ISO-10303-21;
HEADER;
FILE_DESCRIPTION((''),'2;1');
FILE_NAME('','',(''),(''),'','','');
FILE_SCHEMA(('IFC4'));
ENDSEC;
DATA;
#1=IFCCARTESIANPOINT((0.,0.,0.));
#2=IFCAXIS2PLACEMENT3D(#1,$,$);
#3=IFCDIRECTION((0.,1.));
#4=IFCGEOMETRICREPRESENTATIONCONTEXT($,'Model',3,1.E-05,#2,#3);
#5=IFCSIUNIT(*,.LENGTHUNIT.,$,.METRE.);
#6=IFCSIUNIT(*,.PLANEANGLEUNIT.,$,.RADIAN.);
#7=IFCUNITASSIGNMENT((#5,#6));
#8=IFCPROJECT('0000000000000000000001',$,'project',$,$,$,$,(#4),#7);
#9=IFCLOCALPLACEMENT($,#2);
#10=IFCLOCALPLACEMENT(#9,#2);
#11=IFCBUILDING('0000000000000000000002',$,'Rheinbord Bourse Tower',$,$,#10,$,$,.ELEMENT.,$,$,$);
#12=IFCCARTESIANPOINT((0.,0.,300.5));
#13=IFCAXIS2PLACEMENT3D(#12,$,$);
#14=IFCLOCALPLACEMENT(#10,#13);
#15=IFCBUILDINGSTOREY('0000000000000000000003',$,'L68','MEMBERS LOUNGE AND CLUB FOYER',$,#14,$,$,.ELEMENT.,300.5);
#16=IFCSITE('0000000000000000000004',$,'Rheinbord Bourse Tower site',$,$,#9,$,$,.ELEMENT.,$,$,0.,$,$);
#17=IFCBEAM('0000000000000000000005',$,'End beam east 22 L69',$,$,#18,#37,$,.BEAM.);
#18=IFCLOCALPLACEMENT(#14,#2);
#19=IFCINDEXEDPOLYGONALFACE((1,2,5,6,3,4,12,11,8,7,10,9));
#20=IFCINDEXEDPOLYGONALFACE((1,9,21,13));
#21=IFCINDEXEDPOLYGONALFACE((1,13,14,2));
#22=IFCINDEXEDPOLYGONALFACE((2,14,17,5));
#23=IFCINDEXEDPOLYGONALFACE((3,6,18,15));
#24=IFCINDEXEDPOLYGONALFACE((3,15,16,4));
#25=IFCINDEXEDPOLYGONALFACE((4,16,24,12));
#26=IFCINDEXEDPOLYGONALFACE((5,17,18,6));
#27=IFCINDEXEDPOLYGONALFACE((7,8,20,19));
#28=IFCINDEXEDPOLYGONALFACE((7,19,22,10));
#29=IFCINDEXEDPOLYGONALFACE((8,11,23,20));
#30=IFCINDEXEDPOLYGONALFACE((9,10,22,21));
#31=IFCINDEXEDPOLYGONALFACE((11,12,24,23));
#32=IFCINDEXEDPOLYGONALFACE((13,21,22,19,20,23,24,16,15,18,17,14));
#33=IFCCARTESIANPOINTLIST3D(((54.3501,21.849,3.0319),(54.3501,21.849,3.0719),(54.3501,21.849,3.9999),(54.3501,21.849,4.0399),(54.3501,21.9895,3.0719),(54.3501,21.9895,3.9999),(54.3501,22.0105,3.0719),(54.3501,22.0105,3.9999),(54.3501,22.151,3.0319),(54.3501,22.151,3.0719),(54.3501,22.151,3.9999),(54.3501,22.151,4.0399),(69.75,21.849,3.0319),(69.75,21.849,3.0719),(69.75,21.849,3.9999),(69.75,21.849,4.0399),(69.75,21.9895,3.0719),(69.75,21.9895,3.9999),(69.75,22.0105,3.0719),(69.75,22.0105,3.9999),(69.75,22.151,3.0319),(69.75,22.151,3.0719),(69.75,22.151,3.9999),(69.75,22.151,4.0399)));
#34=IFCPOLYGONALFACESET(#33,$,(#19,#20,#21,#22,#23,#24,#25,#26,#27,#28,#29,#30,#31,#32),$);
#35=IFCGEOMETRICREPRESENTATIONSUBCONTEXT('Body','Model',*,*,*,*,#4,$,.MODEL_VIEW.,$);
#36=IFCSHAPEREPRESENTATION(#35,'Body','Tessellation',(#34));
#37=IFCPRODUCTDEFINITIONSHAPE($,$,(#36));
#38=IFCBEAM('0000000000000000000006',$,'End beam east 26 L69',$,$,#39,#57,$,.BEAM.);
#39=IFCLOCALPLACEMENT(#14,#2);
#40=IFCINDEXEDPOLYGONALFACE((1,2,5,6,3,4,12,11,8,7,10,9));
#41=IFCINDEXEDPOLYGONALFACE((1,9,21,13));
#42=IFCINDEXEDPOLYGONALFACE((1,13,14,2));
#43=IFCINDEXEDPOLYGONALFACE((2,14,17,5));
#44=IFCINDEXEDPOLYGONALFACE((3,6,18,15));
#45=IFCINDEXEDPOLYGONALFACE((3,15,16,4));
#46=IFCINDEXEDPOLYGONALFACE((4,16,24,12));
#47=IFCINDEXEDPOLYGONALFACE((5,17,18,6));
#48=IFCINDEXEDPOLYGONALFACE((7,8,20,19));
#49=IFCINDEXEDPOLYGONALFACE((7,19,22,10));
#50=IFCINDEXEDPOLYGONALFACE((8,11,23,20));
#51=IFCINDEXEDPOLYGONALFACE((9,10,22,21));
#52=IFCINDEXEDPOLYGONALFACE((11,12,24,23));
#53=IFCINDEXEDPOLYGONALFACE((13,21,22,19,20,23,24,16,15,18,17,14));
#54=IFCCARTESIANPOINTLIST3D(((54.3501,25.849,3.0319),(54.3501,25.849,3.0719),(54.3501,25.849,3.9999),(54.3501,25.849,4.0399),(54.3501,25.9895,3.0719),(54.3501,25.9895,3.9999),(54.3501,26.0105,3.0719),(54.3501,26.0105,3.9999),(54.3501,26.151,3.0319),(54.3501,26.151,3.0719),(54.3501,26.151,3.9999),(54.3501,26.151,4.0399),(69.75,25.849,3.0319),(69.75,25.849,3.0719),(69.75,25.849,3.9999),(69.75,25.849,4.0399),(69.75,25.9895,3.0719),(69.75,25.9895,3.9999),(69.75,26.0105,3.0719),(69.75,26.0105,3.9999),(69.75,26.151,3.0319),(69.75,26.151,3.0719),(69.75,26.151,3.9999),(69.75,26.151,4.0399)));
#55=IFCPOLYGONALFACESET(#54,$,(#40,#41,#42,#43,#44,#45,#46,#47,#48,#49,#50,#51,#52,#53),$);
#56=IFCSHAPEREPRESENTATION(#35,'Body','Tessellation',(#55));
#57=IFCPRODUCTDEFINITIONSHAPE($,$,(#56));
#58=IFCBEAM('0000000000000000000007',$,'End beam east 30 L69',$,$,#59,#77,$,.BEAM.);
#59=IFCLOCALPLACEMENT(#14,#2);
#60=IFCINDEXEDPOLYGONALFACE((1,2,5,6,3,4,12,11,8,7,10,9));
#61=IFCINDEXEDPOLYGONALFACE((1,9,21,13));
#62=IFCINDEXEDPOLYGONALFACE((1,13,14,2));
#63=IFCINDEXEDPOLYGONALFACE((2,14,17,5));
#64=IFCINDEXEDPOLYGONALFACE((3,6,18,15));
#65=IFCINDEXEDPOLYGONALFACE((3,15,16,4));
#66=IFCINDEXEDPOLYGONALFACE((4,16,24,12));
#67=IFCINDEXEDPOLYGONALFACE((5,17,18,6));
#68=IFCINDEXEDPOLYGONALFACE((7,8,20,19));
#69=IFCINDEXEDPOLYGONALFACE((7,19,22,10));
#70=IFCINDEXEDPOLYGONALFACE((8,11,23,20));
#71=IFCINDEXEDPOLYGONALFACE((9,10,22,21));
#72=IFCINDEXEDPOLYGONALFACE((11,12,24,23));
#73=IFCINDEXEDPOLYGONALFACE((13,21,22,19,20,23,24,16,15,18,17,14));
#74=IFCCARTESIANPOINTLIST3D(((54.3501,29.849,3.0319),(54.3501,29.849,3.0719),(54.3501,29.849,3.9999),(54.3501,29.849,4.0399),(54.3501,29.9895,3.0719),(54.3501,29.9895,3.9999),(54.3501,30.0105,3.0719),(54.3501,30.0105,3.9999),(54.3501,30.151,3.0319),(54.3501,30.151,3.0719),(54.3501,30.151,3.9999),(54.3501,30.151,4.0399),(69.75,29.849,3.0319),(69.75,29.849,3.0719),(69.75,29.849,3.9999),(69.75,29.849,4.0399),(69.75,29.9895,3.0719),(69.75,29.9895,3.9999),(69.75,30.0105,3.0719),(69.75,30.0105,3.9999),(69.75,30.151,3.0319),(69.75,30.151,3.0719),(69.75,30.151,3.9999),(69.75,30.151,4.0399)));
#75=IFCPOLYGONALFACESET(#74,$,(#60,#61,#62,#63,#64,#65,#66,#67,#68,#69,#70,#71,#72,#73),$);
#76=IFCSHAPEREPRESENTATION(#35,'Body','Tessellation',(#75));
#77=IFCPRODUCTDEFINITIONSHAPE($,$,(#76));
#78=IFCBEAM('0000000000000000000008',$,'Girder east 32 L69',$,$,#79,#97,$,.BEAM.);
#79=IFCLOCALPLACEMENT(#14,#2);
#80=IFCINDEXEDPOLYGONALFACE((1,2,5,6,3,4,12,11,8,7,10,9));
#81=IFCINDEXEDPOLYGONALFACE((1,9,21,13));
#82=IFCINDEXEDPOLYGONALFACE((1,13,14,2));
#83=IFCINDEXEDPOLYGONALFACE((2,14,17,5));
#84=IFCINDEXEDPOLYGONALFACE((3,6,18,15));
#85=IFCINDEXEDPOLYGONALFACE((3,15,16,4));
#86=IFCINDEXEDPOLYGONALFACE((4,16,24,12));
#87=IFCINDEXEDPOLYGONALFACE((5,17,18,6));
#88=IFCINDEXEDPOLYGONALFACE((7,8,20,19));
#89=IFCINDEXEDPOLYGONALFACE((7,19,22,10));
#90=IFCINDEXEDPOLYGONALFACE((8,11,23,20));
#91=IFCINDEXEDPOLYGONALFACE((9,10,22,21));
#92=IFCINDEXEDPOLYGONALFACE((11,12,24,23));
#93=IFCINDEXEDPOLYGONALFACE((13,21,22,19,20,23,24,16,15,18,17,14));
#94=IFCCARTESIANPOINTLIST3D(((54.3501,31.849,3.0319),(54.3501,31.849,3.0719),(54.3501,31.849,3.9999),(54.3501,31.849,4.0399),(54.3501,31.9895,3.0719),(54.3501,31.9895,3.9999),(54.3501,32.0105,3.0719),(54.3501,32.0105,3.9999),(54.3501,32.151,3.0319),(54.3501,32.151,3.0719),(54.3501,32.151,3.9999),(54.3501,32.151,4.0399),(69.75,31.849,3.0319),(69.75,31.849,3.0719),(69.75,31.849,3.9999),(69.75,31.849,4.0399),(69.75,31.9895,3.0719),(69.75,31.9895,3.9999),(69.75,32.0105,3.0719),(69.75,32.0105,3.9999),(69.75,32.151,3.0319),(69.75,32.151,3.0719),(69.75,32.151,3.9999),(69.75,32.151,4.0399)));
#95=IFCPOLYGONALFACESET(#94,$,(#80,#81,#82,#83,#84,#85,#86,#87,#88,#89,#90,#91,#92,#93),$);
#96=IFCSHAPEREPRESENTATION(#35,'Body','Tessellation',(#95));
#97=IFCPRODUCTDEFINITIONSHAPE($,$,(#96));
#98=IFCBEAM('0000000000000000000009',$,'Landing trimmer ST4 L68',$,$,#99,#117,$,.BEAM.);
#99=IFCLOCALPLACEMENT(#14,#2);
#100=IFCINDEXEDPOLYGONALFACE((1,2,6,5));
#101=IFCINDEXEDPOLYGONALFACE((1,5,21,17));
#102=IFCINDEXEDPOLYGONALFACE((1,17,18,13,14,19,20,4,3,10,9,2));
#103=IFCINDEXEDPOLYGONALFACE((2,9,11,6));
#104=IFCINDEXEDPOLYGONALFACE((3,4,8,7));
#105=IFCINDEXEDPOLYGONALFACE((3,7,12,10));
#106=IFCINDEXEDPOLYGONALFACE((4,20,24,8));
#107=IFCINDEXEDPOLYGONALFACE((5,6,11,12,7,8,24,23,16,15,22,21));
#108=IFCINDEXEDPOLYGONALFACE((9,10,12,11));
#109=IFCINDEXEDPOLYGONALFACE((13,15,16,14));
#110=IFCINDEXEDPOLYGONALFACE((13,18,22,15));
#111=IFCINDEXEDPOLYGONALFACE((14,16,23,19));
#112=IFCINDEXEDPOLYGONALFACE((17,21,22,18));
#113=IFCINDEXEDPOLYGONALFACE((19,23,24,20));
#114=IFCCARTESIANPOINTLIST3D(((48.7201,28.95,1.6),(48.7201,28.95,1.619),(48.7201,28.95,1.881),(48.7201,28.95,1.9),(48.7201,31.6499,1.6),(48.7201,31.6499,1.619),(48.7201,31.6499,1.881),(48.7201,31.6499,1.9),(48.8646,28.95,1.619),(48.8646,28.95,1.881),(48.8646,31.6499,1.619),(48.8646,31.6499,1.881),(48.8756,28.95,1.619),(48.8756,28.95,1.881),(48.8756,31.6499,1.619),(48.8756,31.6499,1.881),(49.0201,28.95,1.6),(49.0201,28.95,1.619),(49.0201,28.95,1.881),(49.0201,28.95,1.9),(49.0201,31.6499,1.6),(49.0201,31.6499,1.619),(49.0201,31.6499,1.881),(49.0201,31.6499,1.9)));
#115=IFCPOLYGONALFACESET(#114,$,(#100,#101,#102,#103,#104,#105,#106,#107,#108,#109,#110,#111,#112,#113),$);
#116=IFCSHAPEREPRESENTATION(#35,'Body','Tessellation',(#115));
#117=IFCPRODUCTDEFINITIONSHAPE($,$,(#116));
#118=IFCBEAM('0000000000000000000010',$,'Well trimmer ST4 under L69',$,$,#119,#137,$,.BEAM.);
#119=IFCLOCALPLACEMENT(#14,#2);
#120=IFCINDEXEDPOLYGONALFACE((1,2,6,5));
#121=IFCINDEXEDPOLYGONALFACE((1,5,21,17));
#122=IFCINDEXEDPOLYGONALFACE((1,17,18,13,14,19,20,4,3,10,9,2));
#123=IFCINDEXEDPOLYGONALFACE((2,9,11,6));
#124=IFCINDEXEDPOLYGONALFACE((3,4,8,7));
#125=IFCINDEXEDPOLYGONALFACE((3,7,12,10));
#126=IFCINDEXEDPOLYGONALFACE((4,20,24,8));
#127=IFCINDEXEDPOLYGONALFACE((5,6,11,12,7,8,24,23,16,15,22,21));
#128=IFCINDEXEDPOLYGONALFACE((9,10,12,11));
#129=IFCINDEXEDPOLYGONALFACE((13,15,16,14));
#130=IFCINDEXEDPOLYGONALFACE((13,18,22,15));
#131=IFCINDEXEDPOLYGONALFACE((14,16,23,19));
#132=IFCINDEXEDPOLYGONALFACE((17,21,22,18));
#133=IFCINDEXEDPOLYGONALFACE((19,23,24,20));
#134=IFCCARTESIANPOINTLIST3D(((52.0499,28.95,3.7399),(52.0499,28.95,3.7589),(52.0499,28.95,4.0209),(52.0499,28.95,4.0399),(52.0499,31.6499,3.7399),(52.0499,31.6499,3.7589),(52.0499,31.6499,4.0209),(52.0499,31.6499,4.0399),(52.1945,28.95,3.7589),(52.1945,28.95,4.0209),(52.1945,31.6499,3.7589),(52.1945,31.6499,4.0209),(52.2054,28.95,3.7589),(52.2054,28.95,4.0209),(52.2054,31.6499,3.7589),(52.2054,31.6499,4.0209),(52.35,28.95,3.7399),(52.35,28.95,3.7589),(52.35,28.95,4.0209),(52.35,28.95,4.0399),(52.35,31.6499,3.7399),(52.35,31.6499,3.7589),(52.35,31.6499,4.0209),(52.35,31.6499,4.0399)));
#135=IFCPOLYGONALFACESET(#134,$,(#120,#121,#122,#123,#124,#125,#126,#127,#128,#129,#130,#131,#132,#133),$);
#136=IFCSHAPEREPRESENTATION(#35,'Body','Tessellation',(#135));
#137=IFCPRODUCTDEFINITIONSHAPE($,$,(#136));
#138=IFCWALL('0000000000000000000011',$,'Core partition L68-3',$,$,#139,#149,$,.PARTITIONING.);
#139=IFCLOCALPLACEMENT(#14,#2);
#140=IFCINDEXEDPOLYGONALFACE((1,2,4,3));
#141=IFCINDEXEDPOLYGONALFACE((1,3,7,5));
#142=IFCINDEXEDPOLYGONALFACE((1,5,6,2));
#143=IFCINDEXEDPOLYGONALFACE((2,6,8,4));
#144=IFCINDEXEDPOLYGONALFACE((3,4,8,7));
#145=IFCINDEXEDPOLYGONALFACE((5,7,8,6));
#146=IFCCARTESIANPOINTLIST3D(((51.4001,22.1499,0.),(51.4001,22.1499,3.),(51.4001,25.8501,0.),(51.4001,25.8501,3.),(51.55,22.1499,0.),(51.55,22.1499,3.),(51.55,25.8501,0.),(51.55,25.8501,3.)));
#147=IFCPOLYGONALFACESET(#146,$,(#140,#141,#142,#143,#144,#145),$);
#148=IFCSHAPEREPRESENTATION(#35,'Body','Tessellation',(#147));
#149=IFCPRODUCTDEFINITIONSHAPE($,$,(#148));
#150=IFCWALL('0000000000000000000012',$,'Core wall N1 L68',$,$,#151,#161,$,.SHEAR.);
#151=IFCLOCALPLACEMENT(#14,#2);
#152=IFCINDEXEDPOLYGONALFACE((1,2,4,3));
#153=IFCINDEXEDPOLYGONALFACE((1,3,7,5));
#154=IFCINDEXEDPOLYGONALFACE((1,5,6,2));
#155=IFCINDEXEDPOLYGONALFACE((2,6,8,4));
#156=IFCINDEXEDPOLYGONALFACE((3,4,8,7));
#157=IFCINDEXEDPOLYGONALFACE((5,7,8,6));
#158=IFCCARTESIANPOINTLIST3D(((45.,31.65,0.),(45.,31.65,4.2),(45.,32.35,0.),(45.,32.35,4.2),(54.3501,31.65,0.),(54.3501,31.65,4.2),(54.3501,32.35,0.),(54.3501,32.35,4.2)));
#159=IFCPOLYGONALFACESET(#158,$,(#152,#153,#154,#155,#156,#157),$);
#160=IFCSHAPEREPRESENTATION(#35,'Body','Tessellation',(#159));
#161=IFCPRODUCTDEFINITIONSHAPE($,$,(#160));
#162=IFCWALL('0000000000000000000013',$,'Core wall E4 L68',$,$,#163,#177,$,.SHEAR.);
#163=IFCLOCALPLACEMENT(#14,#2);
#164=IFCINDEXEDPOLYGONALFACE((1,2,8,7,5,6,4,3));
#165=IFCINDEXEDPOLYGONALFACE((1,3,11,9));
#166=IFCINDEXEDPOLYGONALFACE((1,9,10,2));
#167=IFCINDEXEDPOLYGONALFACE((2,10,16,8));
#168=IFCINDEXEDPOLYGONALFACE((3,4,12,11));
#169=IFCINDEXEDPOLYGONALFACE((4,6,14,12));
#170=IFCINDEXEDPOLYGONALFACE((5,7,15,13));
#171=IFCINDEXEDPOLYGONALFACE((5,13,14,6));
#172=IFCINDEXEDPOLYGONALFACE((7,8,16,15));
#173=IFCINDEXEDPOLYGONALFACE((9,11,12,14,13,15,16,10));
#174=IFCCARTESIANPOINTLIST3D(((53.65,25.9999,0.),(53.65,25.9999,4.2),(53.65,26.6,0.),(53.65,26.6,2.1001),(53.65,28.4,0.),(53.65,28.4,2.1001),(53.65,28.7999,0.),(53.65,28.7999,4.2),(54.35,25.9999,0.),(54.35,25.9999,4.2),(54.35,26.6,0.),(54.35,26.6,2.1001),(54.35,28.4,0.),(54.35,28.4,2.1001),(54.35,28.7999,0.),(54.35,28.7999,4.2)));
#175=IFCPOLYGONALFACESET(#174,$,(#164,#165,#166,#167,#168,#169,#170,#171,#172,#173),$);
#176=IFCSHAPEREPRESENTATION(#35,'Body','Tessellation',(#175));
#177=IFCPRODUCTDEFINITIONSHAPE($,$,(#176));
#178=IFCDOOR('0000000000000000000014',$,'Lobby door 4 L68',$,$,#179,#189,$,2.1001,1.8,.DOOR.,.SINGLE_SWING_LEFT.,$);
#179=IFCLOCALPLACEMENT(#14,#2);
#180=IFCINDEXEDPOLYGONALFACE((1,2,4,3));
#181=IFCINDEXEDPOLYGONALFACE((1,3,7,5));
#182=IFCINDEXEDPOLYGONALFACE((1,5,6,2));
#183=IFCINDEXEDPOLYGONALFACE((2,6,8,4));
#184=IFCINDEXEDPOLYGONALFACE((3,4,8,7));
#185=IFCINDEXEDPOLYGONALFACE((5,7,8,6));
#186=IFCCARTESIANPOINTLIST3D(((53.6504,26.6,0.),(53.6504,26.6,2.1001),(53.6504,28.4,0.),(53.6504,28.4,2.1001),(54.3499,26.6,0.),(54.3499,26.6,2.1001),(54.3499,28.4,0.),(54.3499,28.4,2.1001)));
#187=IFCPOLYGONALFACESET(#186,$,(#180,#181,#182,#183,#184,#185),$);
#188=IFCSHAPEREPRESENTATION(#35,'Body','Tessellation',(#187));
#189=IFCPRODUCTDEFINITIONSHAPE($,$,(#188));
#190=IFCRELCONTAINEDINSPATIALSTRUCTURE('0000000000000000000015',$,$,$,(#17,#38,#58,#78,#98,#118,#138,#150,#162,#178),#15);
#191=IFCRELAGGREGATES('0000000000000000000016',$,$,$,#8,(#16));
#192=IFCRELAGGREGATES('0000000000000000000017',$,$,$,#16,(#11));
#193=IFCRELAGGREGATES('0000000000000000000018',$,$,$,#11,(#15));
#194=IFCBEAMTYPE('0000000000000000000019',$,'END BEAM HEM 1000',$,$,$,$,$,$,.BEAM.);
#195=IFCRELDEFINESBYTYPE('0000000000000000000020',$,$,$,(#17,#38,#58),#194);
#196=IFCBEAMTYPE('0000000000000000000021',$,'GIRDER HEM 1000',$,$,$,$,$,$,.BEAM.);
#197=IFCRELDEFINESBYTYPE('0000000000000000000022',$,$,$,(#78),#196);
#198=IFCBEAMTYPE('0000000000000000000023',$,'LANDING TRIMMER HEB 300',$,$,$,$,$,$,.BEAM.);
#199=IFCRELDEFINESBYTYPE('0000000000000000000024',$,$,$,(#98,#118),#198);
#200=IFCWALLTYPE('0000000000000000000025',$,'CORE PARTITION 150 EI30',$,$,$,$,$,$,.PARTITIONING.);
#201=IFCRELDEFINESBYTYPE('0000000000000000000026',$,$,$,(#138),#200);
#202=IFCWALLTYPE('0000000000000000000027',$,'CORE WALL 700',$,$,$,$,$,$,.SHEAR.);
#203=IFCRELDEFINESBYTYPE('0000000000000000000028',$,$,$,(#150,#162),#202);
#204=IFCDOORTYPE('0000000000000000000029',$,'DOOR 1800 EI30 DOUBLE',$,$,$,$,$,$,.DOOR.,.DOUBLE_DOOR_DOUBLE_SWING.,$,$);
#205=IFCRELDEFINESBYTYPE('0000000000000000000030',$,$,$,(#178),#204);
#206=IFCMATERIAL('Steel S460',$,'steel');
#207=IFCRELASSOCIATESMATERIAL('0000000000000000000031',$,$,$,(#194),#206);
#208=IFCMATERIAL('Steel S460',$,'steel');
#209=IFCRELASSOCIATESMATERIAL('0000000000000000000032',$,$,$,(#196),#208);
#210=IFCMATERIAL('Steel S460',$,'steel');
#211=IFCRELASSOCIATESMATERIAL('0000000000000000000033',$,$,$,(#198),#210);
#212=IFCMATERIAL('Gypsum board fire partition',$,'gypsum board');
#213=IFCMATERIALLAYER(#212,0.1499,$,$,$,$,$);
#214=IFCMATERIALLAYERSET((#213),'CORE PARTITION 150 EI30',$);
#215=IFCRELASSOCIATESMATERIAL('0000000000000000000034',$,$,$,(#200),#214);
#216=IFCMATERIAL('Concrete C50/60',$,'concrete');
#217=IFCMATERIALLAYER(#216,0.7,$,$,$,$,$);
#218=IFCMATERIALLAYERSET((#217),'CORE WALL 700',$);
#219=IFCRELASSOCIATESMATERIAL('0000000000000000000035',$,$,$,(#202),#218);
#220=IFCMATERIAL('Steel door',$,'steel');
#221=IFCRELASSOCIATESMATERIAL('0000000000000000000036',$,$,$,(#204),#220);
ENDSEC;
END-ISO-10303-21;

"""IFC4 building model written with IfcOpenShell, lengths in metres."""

from ifc_helpers import new_model, si_unit, direction, frame, frame_2d, origin, origin_2d, place, context, subcontext, project, spatial, rectangle, i_section, extrude, material, layer, layer_set, material_profile, profile_set, type_object, element, fill, save


model = new_model("IFC4")

# Units and contexts
model_context = context("Model", 3, precision=1e-05, world=origin(), true_north=direction((0.0, 1.0)))
body_context = subcontext(model_context, "Body", "Model", "MODEL_VIEW")
ifc_project = project(units=[si_unit("LENGTHUNIT", "METRE"), si_unit("PLANEANGLEUNIT", "RADIAN")], contexts=[model_context])

# Site, building, storey
site_placement = place(None, origin())
site = spatial("IfcSite", under=ifc_project, at=site_placement, Name="Rheinbord Bourse Tower site", CompositionType="ELEMENT", RefElevation=0.0)
building_placement = place(site_placement, origin())
building = spatial("IfcBuilding", under=site, at=building_placement, Name="Rheinbord Bourse Tower", CompositionType="ELEMENT")
storey_placement = place(building_placement, frame((0.0, 0.0, 300.5)))
storey = spatial("IfcBuildingStorey", under=building, at=storey_placement, Name="L68", Description="MEMBERS LOUNGE AND CLUB FOYER", CompositionType="ELEMENT", Elevation=300.5)

# Beams
ifc_material_1 = material(Name="Steel S460", Category="steel")
ifc_material_profile_1 = material_profile(ifc_material_1, i_section(OverallWidth=0.302, OverallDepth=1.0081, WebThickness=0.021, FlangeThickness=0.04, at=origin_2d()), Name="HEM 1000")
ifc_profile_set_1 = profile_set([ifc_material_profile_1], Name="Steel S460")
beam_type_1 = type_object("IfcBeamType", Name="END BEAM HEM 1000", PredefinedType="BEAM", material=ifc_profile_set_1)
for number, where, z_axis, x_axis, name in (
    (1, (54.3501, 22.0, 3.5359), (1.0, 0.0, 0.0), (0.0, 1.0, 0.0), "End beam east 22 L69"),
    (2, (54.3501, 26.0, 3.5359), (1.0, 0.0, 0.0), (0.0, 1.0, 0.0), "End beam east 26 L69"),
    (3, (54.3501, 30.0, 3.5359), (1.0, 0.0, 0.0), (0.0, 1.0, 0.0), "End beam east 30 L69"),
):
    element("IfcBeam", number, at=place(storey_placement, frame(where, z_axis=z_axis, x_axis=x_axis)), inside=storey, type_object=beam_type_1, Name=name, PredefinedType="BEAM", context=body_context, shape_type="SweptSolid", body=[
        extrude(i_section(OverallWidth=0.302, OverallDepth=1.0081, WebThickness=0.021, FlangeThickness=0.04, at=origin_2d()), origin(), (0.0, 0.0, 1.0), 15.3999),
    ])
ifc_material_2 = material(Name="Steel S460", Category="steel")
ifc_material_profile_2 = material_profile(ifc_material_2, i_section(OverallWidth=0.302, OverallDepth=1.0081, WebThickness=0.021, FlangeThickness=0.04, at=origin_2d()), Name="HEM 1000")
ifc_profile_set_2 = profile_set([ifc_material_profile_2], Name="Steel S460")
beam_type_2 = type_object("IfcBeamType", Name="GIRDER HEM 1000", PredefinedType="BEAM", material=ifc_profile_set_2)
beam_placement = place(storey_placement, frame((54.3501, 32.0, 3.5359), z_axis=(1.0, 0.0, 0.0), x_axis=(0.0, 1.0, 0.0)))
element("IfcBeam", 4, at=beam_placement, inside=storey, type_object=beam_type_2, Name="Girder east 32 L69", PredefinedType="BEAM", context=body_context, shape_type="SweptSolid", body=[
    extrude(i_section(OverallWidth=0.302, OverallDepth=1.0081, WebThickness=0.021, FlangeThickness=0.04, at=origin_2d()), origin(), (0.0, 0.0, 1.0), 15.3999),
])
ifc_material_3 = material(Name="Steel S460", Category="steel")
ifc_material_profile_3 = material_profile(ifc_material_3, i_section(OverallWidth=0.3, OverallDepth=0.3, WebThickness=0.011, FlangeThickness=0.019, at=origin_2d()), Name="HEB 300")
ifc_profile_set_3 = profile_set([ifc_material_profile_3], Name="Steel S460")
beam_type_3 = type_object("IfcBeamType", Name="LANDING TRIMMER HEB 300", PredefinedType="BEAM", material=ifc_profile_set_3)
for number, where, z_axis, x_axis, name in (
    (5, (48.8701, 28.95, 1.75), (0.0, 1.0, 0.0), (-1.0, 0.0, 0.0), "Landing trimmer ST4 L68"),
    (6, (52.2, 28.95, 3.8899), (0.0, 1.0, 0.0), (-1.0, 0.0, 0.0), "Well trimmer ST4 under L69"),
):
    element("IfcBeam", number, at=place(storey_placement, frame(where, z_axis=z_axis, x_axis=x_axis)), inside=storey, type_object=beam_type_3, Name=name, PredefinedType="BEAM", context=body_context, shape_type="SweptSolid", body=[
        extrude(i_section(OverallWidth=0.3, OverallDepth=0.3, WebThickness=0.011, FlangeThickness=0.019, at=origin_2d()), origin(), (0.0, 0.0, 1.0), 2.7),
    ])

# Walls
ifc_material_4 = material(Name="Gypsum board fire partition", Category="gypsum board")
ifc_layer_1 = layer(ifc_material_4, 0.1499)
ifc_layer_set_1 = layer_set([ifc_layer_1], Name="CORE PARTITION 150 EI30")
wall_type_1 = type_object("IfcWallType", Name="CORE PARTITION 150 EI30", PredefinedType="PARTITIONING", material=ifc_layer_set_1)
wall_1_placement = place(storey_placement, frame((51.4751, 22.1499, 0.0), z_axis=(0.0, 0.0, 1.0), x_axis=(0.0, 1.0, 0.0)))
element("IfcWall", 7, at=wall_1_placement, inside=storey, type_object=wall_type_1, Name="Core partition L68-3", PredefinedType="PARTITIONING", context=body_context, shape_type="SweptSolid", body=[
    extrude(rectangle(XDim=3.7002, YDim=0.1499, at=frame_2d((1.8501, 0.0))), origin(), (0.0, 0.0, 1.0), 3.0),
])
ifc_material_5 = material(Name="Concrete C50/60", Category="concrete")
ifc_layer_2 = layer(ifc_material_5, 0.7)
ifc_layer_set_2 = layer_set([ifc_layer_2], Name="CORE WALL 700")
wall_type_2 = type_object("IfcWallType", Name="CORE WALL 700", PredefinedType="SHEAR", material=ifc_layer_set_2)
wall_2_placement = place(storey_placement, frame((54.3501, 32.0, 0.0), z_axis=(0.0, 0.0, 1.0), x_axis=(-1.0, 0.0, 0.0)))
element("IfcWall", 8, at=wall_2_placement, inside=storey, type_object=wall_type_2, Name="Core wall N1 L68", PredefinedType="SHEAR", context=body_context, shape_type="SweptSolid", body=[
    extrude(rectangle(XDim=9.3501, YDim=0.7, at=frame_2d((4.675, 0.0))), origin(), (0.0, 0.0, 1.0), 4.2),
])

# Wall, opening, door
wall_3_placement = place(storey_placement, frame((54.0, 26.0, 0.0), z_axis=(0.0, 0.0, 1.0), x_axis=(0.0, 1.0, 0.0)))
wall_3 = element("IfcWall", 9, at=wall_3_placement, inside=storey, type_object=wall_type_2, Name="Core wall E4 L68", PredefinedType="SHEAR", context=body_context, shape_type="SweptSolid", body=[
    extrude(rectangle(XDim=2.8, YDim=0.7, at=frame_2d((1.3999, 0.0))), origin(), (0.0, 0.0, 1.0), 4.2),
])
opening_1_placement = place(wall_3_placement, frame((0.6001, 0.0, 0.0)))
opening_1 = element("IfcOpeningElement", 10, at=opening_1_placement, cuts=wall_3, PredefinedType="OPENING", context=body_context, shape_type="SweptSolid", body=[
    extrude(rectangle(XDim=1.8, YDim=2.1001, at=frame_2d((0.8999, 1.05))), frame((0.0, 0.3599, 0.0), z_axis=(0.0, -1.0, 0.0), x_axis=(1.0, 0.0, 0.0)), (0.0, 0.0, 1.0), 0.72),
])
ifc_material_6 = material(Name="Steel door", Category="steel")
door_type_1 = type_object("IfcDoorType", Name="DOOR 1800 EI30 DOUBLE", OperationType="DOUBLE_DOOR_DOUBLE_SWING", PredefinedType="DOOR", material=ifc_material_6)
door_1_placement = place(opening_1_placement, origin())
door_1 = element("IfcDoor", 11, at=door_1_placement, inside=storey, type_object=door_type_1, Name="Lobby door 4 L68", OperationType="SINGLE_SWING_LEFT", OverallHeight=2.1001, OverallWidth=1.8, PredefinedType="DOOR", context=body_context, shape_type="SweptSolid", body=[
    extrude(rectangle(XDim=1.8, YDim=2.1001, at=frame_2d((0.8999, 1.05))), frame((0.0, 0.3496, 0.0), z_axis=(0.0, -1.0, 0.0), x_axis=(1.0, 0.0, 0.0)), (0.0, 0.0, 1.0), 0.6995),
])
fill(opening_1, door_1)

save(model, "model.ifc")
